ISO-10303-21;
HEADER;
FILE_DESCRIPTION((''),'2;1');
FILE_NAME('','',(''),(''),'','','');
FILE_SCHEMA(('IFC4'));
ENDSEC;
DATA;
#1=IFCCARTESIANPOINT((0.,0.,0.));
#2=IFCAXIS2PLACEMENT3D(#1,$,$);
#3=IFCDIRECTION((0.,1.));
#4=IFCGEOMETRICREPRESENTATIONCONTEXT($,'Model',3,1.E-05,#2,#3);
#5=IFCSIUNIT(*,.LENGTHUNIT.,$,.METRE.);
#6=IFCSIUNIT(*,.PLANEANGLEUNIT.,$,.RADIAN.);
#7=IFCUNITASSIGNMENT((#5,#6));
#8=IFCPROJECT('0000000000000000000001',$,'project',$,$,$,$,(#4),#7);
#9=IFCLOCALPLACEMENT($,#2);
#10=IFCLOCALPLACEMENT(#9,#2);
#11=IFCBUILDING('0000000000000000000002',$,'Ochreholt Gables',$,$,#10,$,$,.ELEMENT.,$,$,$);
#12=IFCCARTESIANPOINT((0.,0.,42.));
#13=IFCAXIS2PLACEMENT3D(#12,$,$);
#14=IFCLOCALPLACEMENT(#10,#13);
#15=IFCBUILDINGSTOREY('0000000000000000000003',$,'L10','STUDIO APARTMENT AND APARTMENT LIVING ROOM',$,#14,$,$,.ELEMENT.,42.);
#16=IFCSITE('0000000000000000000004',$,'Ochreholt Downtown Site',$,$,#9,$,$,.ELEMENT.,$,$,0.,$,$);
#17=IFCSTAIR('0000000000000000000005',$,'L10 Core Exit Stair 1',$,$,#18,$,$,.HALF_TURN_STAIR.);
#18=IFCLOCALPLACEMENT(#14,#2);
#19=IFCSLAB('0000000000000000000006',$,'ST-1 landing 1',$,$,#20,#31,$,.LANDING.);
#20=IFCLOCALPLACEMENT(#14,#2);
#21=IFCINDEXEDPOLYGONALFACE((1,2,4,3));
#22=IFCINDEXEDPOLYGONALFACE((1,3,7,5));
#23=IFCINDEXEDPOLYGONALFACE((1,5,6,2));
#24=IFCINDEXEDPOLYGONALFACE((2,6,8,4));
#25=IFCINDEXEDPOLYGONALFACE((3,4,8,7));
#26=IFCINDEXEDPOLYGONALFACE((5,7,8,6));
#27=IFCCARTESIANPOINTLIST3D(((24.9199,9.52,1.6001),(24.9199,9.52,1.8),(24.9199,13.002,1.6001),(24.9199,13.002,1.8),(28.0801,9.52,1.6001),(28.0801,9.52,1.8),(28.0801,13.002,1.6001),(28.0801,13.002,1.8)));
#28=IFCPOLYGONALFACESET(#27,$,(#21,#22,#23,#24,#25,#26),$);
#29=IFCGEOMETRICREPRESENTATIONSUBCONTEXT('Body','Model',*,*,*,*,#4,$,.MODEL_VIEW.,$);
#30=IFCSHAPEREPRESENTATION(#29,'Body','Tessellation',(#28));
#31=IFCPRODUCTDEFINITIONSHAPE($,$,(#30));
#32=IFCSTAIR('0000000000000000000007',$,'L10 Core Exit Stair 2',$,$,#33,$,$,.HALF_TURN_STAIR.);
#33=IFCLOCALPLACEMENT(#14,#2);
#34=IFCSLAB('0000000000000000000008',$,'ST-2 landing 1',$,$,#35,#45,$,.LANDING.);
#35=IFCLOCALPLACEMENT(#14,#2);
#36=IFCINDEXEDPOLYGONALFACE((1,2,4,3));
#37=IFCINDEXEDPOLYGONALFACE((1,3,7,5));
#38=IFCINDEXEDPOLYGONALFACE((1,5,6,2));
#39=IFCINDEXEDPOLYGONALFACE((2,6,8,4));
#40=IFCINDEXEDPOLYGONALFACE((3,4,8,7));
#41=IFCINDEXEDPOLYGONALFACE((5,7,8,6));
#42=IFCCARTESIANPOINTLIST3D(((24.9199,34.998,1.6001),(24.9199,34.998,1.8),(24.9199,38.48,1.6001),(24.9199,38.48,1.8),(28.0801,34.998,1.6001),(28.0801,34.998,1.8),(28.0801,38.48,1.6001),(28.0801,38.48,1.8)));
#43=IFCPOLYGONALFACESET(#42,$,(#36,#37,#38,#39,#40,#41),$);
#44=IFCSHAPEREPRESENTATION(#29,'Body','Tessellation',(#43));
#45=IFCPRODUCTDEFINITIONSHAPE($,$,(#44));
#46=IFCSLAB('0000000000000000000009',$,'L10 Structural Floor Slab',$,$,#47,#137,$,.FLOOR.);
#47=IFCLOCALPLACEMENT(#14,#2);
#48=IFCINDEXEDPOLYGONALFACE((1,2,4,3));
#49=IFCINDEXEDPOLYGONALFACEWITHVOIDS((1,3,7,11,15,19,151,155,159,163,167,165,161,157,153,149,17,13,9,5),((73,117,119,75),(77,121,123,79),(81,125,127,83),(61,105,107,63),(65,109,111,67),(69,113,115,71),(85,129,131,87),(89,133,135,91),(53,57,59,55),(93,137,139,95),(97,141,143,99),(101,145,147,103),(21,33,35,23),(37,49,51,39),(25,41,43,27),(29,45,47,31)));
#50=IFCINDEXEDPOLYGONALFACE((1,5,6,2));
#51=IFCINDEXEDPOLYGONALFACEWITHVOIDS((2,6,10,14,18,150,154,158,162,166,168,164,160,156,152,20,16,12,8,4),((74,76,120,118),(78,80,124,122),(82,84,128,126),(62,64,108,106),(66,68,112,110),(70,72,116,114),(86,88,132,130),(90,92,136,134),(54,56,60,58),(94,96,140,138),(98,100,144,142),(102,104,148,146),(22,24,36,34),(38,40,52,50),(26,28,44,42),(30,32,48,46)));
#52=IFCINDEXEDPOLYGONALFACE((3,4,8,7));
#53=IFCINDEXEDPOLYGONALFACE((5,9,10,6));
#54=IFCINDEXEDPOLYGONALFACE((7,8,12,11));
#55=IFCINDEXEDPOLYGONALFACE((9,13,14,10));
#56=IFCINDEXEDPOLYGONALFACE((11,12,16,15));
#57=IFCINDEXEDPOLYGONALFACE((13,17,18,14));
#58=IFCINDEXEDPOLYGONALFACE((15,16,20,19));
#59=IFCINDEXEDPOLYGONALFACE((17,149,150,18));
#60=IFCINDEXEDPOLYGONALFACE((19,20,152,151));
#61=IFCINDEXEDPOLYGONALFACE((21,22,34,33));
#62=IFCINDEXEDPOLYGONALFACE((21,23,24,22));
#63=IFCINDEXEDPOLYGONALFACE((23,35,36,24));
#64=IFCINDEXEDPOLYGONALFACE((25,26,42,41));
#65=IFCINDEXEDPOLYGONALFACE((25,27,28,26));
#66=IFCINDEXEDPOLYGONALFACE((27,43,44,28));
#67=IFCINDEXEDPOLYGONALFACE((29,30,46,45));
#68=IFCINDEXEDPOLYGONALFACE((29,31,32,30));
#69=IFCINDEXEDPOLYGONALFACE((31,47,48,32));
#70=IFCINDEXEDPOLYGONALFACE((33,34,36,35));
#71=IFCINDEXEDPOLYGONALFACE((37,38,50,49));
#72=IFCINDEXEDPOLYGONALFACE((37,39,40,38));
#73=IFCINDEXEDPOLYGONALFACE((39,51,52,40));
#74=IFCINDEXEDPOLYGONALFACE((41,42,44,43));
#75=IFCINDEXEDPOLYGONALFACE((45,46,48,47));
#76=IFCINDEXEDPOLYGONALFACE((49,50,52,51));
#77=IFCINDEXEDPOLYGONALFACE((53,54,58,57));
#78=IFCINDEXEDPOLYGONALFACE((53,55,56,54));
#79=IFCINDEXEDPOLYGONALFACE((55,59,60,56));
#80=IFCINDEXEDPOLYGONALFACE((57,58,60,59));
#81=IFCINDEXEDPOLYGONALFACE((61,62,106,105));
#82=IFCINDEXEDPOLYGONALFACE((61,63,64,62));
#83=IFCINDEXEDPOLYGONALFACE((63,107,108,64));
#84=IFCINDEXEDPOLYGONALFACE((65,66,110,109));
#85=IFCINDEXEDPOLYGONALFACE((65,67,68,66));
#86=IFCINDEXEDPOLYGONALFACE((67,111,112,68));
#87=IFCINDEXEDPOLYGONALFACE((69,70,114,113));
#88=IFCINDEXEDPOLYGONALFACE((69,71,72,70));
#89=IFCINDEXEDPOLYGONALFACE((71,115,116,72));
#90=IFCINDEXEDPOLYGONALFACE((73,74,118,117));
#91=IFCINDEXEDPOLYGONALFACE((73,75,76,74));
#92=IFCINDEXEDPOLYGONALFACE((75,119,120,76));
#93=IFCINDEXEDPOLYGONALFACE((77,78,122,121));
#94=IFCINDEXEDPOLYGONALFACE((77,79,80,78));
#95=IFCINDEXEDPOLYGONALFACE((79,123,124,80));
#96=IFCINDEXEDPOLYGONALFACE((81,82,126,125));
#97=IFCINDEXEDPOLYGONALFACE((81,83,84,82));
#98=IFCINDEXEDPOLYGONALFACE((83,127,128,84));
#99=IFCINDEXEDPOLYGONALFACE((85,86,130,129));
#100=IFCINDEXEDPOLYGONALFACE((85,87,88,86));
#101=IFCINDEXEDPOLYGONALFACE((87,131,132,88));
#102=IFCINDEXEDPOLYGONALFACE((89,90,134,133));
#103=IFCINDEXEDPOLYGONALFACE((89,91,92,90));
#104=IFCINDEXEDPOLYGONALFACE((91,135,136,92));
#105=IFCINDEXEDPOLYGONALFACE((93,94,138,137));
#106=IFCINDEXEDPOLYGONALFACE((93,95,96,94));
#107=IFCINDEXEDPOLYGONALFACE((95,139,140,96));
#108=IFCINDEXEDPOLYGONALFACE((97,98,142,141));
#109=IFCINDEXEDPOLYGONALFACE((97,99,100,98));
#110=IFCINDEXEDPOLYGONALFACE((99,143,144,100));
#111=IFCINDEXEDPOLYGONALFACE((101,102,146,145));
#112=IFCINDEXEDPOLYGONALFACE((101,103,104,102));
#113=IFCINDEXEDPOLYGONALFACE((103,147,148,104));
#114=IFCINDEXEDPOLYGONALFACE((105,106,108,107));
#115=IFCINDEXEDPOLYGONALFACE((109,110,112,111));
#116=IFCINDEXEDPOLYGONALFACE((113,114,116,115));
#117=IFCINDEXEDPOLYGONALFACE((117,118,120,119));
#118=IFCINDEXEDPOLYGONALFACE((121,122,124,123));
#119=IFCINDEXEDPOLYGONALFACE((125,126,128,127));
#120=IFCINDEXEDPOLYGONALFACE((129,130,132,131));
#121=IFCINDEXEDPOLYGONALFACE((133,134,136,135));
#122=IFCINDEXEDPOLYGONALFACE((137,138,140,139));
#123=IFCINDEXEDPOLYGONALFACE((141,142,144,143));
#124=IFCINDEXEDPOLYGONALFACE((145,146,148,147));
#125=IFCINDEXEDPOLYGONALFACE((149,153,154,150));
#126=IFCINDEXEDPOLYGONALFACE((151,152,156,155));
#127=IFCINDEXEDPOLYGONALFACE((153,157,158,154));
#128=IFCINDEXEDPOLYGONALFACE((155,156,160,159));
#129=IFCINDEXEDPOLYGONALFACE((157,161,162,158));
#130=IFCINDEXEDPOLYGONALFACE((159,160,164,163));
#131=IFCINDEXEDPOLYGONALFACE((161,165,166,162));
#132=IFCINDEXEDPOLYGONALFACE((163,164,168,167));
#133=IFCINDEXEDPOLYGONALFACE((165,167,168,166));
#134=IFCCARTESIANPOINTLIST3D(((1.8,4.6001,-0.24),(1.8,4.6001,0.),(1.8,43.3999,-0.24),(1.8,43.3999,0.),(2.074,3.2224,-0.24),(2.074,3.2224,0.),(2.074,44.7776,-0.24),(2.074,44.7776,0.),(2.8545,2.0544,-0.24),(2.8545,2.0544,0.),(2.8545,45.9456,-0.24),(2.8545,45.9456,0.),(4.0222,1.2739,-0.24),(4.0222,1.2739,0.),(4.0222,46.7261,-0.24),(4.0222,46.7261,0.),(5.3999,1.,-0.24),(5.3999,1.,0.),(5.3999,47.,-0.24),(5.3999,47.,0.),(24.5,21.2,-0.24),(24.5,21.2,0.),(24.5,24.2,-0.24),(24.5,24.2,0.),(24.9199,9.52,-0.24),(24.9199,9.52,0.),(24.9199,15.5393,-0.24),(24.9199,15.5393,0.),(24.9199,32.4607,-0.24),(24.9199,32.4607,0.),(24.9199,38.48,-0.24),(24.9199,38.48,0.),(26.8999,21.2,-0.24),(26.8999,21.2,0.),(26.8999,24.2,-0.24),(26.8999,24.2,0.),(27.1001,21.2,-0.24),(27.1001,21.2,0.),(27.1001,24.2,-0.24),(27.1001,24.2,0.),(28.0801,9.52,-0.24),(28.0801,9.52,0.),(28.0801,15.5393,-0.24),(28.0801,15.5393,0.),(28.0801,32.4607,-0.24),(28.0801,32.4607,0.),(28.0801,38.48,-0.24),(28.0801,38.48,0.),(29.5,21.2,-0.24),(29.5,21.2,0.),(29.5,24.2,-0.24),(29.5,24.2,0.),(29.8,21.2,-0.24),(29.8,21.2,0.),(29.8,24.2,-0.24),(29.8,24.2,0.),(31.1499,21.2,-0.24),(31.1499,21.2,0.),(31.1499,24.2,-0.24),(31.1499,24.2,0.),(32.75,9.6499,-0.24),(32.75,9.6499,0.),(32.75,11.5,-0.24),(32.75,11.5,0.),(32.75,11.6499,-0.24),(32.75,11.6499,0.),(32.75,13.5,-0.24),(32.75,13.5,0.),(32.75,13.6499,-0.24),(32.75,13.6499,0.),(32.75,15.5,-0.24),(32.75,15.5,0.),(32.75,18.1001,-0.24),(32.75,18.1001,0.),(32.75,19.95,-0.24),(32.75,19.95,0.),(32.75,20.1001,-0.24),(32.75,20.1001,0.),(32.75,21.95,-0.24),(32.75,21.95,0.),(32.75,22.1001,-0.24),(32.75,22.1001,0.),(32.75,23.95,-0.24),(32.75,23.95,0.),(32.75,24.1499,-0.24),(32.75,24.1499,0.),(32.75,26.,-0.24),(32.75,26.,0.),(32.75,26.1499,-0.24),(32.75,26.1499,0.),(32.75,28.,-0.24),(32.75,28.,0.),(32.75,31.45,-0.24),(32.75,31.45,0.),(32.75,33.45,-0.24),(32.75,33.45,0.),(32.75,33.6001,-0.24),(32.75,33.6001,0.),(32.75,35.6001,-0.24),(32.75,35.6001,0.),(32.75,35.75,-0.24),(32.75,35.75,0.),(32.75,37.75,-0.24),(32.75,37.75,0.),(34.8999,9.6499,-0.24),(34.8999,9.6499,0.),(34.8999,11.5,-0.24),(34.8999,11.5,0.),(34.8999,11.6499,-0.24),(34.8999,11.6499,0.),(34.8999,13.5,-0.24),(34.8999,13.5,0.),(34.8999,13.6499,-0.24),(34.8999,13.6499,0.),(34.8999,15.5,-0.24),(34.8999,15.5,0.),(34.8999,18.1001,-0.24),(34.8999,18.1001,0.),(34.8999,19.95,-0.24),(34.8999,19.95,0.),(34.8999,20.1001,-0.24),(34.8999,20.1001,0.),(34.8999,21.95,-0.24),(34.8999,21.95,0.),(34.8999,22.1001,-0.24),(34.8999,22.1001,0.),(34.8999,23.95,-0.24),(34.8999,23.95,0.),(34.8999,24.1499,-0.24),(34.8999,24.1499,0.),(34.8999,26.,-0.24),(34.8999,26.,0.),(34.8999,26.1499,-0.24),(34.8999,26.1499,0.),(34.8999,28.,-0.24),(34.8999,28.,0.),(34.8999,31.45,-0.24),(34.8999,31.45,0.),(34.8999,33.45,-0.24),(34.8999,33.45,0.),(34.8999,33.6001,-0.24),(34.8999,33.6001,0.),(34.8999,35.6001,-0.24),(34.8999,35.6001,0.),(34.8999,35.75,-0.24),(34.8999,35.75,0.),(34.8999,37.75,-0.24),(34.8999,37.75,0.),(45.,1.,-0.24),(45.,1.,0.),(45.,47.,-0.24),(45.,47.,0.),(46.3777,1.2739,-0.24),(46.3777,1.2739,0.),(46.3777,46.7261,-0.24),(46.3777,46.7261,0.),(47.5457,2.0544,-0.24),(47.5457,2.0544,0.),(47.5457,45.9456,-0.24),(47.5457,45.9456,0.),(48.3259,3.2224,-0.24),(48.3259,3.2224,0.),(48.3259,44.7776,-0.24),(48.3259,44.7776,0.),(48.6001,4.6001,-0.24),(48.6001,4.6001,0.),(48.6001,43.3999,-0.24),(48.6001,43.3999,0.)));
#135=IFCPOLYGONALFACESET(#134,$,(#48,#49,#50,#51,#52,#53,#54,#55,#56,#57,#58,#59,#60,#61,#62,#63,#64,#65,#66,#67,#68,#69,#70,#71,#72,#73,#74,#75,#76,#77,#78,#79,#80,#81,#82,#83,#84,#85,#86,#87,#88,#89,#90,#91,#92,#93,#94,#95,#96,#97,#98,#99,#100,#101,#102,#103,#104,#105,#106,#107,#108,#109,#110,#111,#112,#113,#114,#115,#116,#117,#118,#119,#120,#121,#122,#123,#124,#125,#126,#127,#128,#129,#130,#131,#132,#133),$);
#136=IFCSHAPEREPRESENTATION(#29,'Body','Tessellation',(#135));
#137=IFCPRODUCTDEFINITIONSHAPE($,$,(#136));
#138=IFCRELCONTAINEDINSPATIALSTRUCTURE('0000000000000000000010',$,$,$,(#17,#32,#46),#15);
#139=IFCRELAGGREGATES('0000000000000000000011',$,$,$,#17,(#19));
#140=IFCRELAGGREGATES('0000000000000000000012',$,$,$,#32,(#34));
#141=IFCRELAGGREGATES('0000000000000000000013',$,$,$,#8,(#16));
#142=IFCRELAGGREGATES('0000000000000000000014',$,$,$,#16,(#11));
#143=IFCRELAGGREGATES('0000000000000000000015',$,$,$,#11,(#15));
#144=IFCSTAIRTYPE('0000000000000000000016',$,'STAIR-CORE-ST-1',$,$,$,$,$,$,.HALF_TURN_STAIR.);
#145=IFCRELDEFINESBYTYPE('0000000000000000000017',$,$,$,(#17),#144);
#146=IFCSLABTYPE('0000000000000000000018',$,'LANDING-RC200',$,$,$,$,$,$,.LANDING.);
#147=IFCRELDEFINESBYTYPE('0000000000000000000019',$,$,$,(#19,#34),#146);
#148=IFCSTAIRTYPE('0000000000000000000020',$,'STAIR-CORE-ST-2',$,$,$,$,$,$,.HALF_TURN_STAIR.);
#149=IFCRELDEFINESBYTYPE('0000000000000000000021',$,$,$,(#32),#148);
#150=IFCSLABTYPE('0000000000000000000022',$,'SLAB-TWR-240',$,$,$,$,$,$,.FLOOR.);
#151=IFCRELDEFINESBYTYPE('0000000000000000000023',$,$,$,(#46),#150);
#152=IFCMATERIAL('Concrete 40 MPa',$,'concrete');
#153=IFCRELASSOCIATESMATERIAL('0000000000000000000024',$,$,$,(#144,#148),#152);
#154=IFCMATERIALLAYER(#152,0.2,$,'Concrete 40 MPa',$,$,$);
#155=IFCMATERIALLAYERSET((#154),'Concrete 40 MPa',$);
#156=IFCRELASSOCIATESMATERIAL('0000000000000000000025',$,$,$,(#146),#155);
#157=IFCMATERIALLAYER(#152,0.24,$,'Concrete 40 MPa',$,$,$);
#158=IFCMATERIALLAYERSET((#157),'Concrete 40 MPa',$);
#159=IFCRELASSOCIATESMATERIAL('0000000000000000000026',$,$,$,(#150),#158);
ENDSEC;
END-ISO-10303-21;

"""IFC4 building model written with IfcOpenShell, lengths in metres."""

from ifc_helpers import new_model, si_unit, direction, frame, origin, place, context, subcontext, project, spatial, polyline, outline, extrude, material, layer, layer_set, type_object, element, aggregate, save


model = new_model("IFC4")

# Units and contexts
model_context = context("Model", 3, precision=1e-05, world=origin(), true_north=direction((0.0, 1.0)))
body_context = subcontext(model_context, "Body", "Model", "MODEL_VIEW")
ifc_project = project(units=[si_unit("LENGTHUNIT", "METRE"), si_unit("PLANEANGLEUNIT", "RADIAN")], contexts=[model_context])

# Site, building, storey
site_placement = place(None, origin())
site = spatial("IfcSite", under=ifc_project, at=site_placement, Name="Ochreholt Downtown Site", CompositionType="ELEMENT", RefElevation=0.0)
building_placement = place(site_placement, origin())
building = spatial("IfcBuilding", under=site, at=building_placement, Name="Ochreholt Gables", CompositionType="ELEMENT")
storey_placement = place(building_placement, frame((0.0, 0.0, 42.0)))
storey = spatial("IfcBuildingStorey", under=building, at=storey_placement, Name="L10", Description="STUDIO APARTMENT AND APARTMENT LIVING ROOM", CompositionType="ELEMENT", Elevation=42.0)

# Stairs, slabs
ifc_material_1 = material(Name="Concrete 40 MPa", Category="concrete")
stair_type_1 = type_object("IfcStairType", Name="STAIR-CORE-ST-1", PredefinedType="HALF_TURN_STAIR", material=ifc_material_1)
stair_1_placement = place(storey_placement, origin())
stair_1 = element("IfcStair", 1, at=stair_1_placement, inside=storey, type_object=stair_type_1, Name="L10 Core Exit Stair 1", PredefinedType="HALF_TURN_STAIR")
ifc_layer_1 = layer(ifc_material_1, 0.2, Name="Concrete 40 MPa")
ifc_layer_set_1 = layer_set([ifc_layer_1], Name="Concrete 40 MPa")
slab_type_1 = type_object("IfcSlabType", Name="LANDING-RC200", PredefinedType="LANDING", material=ifc_layer_set_1)
slab_1_placement = place(storey_placement, frame((0.0, 0.0, 1.6001)))
slab_1 = element("IfcSlab", 2, at=slab_1_placement, type_object=slab_type_1, Name="ST-1 landing 1", PredefinedType="LANDING", context=body_context, shape_type="SweptSolid", body=[
    extrude(outline(polyline([(24.9199, 13.002), (24.9199, 9.52), (28.0801, 9.52), (28.0801, 13.002), (24.9199, 13.002)])), origin(), (0.0, 0.0, 1.0), 0.2),
])
aggregate(stair_1, [slab_1])
stair_type_2 = type_object("IfcStairType", Name="STAIR-CORE-ST-2", PredefinedType="HALF_TURN_STAIR", material=ifc_material_1)
stair_2_placement = place(storey_placement, origin())
stair_2 = element("IfcStair", 3, at=stair_2_placement, inside=storey, type_object=stair_type_2, Name="L10 Core Exit Stair 2", PredefinedType="HALF_TURN_STAIR")
slab_2_placement = place(storey_placement, frame((0.0, 0.0, 1.6001)))
slab_2 = element("IfcSlab", 4, at=slab_2_placement, type_object=slab_type_1, Name="ST-2 landing 1", PredefinedType="LANDING", context=body_context, shape_type="SweptSolid", body=[
    extrude(outline(polyline([(28.0801, 34.998), (28.0801, 38.48), (24.9199, 38.48), (24.9199, 34.998), (28.0801, 34.998)])), origin(), (0.0, 0.0, 1.0), 0.2),
])
aggregate(stair_2, [slab_2])

# Slab
ifc_layer_2 = layer(ifc_material_1, 0.24, Name="Concrete 40 MPa")
ifc_layer_set_2 = layer_set([ifc_layer_2], Name="Concrete 40 MPa")
slab_type_2 = type_object("IfcSlabType", Name="SLAB-TWR-240", PredefinedType="FLOOR", material=ifc_layer_set_2)
slab_3_placement = place(storey_placement, frame((0.0, 0.0, -0.24)))
element("IfcSlab", 5, at=slab_3_placement, inside=storey, type_object=slab_type_2, Name="L10 Structural Floor Slab", PredefinedType="FLOOR", context=body_context, shape_type="SweptSolid", body=[
    extrude(outline(polyline([(1.8, 4.6001), (2.074, 3.2224), (2.8545, 2.0544), (4.0222, 1.2739), (5.3999, 1.0), (45.0, 1.0), (46.3777, 1.2739), (47.5457, 2.0544), (48.3259, 3.2224), (48.6001, 4.6001), (48.6001, 43.3999), (48.3259, 44.7776), (47.5457, 45.9456), (46.3777, 46.7261), (45.0, 47.0), (5.3999, 47.0), (4.0222, 46.7261), (2.8545, 45.9456), (2.074, 44.7776), (1.8, 43.3999), (1.8, 4.6001)]), holes=[polyline([(24.9199, 15.5393), (24.9199, 9.52), (28.0801, 9.52), (28.0801, 15.5393), (24.9199, 15.5393)]), polyline([(28.0801, 32.4607), (28.0801, 38.48), (24.9199, 38.48), (24.9199, 32.4607), (28.0801, 32.4607)]), polyline([(24.5, 21.2), (26.8999, 21.2), (26.8999, 24.2), (24.5, 24.2), (24.5, 21.2)]), polyline([(27.1001, 21.2), (29.5, 21.2), (29.5, 24.2), (27.1001, 24.2), (27.1001, 21.2)]), polyline([(32.75, 9.6499), (34.8999, 9.6499), (34.8999, 11.5), (32.75, 11.5), (32.75, 9.6499)]), polyline([(32.75, 11.6499), (34.8999, 11.6499), (34.8999, 13.5), (32.75, 13.5), (32.75, 11.6499)]), polyline([(32.75, 13.6499), (34.8999, 13.6499), (34.8999, 15.5), (32.75, 15.5), (32.75, 13.6499)]), polyline([(32.75, 18.1001), (34.8999, 18.1001), (34.8999, 19.95), (32.75, 19.95), (32.75, 18.1001)]), polyline([(32.75, 20.1001), (34.8999, 20.1001), (34.8999, 21.95), (32.75, 21.95), (32.75, 20.1001)]), polyline([(32.75, 22.1001), (34.8999, 22.1001), (34.8999, 23.95), (32.75, 23.95), (32.75, 22.1001)]), polyline([(32.75, 24.1499), (34.8999, 24.1499), (34.8999, 26.0), (32.75, 26.0), (32.75, 24.1499)]), polyline([(32.75, 26.1499), (34.8999, 26.1499), (34.8999, 28.0), (32.75, 28.0), (32.75, 26.1499)]), polyline([(32.75, 31.45), (34.8999, 31.45), (34.8999, 33.45), (32.75, 33.45), (32.75, 31.45)]), polyline([(32.75, 33.6001), (34.8999, 33.6001), (34.8999, 35.6001), (32.75, 35.6001), (32.75, 33.6001)]), polyline([(32.75, 35.75), (34.8999, 35.75), (34.8999, 37.75), (32.75, 37.75), (32.75, 35.75)]), polyline([(29.8, 21.2), (31.1499, 21.2), (31.1499, 24.2), (29.8, 24.2), (29.8, 21.2)])]), origin(), (0.0, 0.0, 1.0), 0.24),
])

save(model, "model.ifc")
